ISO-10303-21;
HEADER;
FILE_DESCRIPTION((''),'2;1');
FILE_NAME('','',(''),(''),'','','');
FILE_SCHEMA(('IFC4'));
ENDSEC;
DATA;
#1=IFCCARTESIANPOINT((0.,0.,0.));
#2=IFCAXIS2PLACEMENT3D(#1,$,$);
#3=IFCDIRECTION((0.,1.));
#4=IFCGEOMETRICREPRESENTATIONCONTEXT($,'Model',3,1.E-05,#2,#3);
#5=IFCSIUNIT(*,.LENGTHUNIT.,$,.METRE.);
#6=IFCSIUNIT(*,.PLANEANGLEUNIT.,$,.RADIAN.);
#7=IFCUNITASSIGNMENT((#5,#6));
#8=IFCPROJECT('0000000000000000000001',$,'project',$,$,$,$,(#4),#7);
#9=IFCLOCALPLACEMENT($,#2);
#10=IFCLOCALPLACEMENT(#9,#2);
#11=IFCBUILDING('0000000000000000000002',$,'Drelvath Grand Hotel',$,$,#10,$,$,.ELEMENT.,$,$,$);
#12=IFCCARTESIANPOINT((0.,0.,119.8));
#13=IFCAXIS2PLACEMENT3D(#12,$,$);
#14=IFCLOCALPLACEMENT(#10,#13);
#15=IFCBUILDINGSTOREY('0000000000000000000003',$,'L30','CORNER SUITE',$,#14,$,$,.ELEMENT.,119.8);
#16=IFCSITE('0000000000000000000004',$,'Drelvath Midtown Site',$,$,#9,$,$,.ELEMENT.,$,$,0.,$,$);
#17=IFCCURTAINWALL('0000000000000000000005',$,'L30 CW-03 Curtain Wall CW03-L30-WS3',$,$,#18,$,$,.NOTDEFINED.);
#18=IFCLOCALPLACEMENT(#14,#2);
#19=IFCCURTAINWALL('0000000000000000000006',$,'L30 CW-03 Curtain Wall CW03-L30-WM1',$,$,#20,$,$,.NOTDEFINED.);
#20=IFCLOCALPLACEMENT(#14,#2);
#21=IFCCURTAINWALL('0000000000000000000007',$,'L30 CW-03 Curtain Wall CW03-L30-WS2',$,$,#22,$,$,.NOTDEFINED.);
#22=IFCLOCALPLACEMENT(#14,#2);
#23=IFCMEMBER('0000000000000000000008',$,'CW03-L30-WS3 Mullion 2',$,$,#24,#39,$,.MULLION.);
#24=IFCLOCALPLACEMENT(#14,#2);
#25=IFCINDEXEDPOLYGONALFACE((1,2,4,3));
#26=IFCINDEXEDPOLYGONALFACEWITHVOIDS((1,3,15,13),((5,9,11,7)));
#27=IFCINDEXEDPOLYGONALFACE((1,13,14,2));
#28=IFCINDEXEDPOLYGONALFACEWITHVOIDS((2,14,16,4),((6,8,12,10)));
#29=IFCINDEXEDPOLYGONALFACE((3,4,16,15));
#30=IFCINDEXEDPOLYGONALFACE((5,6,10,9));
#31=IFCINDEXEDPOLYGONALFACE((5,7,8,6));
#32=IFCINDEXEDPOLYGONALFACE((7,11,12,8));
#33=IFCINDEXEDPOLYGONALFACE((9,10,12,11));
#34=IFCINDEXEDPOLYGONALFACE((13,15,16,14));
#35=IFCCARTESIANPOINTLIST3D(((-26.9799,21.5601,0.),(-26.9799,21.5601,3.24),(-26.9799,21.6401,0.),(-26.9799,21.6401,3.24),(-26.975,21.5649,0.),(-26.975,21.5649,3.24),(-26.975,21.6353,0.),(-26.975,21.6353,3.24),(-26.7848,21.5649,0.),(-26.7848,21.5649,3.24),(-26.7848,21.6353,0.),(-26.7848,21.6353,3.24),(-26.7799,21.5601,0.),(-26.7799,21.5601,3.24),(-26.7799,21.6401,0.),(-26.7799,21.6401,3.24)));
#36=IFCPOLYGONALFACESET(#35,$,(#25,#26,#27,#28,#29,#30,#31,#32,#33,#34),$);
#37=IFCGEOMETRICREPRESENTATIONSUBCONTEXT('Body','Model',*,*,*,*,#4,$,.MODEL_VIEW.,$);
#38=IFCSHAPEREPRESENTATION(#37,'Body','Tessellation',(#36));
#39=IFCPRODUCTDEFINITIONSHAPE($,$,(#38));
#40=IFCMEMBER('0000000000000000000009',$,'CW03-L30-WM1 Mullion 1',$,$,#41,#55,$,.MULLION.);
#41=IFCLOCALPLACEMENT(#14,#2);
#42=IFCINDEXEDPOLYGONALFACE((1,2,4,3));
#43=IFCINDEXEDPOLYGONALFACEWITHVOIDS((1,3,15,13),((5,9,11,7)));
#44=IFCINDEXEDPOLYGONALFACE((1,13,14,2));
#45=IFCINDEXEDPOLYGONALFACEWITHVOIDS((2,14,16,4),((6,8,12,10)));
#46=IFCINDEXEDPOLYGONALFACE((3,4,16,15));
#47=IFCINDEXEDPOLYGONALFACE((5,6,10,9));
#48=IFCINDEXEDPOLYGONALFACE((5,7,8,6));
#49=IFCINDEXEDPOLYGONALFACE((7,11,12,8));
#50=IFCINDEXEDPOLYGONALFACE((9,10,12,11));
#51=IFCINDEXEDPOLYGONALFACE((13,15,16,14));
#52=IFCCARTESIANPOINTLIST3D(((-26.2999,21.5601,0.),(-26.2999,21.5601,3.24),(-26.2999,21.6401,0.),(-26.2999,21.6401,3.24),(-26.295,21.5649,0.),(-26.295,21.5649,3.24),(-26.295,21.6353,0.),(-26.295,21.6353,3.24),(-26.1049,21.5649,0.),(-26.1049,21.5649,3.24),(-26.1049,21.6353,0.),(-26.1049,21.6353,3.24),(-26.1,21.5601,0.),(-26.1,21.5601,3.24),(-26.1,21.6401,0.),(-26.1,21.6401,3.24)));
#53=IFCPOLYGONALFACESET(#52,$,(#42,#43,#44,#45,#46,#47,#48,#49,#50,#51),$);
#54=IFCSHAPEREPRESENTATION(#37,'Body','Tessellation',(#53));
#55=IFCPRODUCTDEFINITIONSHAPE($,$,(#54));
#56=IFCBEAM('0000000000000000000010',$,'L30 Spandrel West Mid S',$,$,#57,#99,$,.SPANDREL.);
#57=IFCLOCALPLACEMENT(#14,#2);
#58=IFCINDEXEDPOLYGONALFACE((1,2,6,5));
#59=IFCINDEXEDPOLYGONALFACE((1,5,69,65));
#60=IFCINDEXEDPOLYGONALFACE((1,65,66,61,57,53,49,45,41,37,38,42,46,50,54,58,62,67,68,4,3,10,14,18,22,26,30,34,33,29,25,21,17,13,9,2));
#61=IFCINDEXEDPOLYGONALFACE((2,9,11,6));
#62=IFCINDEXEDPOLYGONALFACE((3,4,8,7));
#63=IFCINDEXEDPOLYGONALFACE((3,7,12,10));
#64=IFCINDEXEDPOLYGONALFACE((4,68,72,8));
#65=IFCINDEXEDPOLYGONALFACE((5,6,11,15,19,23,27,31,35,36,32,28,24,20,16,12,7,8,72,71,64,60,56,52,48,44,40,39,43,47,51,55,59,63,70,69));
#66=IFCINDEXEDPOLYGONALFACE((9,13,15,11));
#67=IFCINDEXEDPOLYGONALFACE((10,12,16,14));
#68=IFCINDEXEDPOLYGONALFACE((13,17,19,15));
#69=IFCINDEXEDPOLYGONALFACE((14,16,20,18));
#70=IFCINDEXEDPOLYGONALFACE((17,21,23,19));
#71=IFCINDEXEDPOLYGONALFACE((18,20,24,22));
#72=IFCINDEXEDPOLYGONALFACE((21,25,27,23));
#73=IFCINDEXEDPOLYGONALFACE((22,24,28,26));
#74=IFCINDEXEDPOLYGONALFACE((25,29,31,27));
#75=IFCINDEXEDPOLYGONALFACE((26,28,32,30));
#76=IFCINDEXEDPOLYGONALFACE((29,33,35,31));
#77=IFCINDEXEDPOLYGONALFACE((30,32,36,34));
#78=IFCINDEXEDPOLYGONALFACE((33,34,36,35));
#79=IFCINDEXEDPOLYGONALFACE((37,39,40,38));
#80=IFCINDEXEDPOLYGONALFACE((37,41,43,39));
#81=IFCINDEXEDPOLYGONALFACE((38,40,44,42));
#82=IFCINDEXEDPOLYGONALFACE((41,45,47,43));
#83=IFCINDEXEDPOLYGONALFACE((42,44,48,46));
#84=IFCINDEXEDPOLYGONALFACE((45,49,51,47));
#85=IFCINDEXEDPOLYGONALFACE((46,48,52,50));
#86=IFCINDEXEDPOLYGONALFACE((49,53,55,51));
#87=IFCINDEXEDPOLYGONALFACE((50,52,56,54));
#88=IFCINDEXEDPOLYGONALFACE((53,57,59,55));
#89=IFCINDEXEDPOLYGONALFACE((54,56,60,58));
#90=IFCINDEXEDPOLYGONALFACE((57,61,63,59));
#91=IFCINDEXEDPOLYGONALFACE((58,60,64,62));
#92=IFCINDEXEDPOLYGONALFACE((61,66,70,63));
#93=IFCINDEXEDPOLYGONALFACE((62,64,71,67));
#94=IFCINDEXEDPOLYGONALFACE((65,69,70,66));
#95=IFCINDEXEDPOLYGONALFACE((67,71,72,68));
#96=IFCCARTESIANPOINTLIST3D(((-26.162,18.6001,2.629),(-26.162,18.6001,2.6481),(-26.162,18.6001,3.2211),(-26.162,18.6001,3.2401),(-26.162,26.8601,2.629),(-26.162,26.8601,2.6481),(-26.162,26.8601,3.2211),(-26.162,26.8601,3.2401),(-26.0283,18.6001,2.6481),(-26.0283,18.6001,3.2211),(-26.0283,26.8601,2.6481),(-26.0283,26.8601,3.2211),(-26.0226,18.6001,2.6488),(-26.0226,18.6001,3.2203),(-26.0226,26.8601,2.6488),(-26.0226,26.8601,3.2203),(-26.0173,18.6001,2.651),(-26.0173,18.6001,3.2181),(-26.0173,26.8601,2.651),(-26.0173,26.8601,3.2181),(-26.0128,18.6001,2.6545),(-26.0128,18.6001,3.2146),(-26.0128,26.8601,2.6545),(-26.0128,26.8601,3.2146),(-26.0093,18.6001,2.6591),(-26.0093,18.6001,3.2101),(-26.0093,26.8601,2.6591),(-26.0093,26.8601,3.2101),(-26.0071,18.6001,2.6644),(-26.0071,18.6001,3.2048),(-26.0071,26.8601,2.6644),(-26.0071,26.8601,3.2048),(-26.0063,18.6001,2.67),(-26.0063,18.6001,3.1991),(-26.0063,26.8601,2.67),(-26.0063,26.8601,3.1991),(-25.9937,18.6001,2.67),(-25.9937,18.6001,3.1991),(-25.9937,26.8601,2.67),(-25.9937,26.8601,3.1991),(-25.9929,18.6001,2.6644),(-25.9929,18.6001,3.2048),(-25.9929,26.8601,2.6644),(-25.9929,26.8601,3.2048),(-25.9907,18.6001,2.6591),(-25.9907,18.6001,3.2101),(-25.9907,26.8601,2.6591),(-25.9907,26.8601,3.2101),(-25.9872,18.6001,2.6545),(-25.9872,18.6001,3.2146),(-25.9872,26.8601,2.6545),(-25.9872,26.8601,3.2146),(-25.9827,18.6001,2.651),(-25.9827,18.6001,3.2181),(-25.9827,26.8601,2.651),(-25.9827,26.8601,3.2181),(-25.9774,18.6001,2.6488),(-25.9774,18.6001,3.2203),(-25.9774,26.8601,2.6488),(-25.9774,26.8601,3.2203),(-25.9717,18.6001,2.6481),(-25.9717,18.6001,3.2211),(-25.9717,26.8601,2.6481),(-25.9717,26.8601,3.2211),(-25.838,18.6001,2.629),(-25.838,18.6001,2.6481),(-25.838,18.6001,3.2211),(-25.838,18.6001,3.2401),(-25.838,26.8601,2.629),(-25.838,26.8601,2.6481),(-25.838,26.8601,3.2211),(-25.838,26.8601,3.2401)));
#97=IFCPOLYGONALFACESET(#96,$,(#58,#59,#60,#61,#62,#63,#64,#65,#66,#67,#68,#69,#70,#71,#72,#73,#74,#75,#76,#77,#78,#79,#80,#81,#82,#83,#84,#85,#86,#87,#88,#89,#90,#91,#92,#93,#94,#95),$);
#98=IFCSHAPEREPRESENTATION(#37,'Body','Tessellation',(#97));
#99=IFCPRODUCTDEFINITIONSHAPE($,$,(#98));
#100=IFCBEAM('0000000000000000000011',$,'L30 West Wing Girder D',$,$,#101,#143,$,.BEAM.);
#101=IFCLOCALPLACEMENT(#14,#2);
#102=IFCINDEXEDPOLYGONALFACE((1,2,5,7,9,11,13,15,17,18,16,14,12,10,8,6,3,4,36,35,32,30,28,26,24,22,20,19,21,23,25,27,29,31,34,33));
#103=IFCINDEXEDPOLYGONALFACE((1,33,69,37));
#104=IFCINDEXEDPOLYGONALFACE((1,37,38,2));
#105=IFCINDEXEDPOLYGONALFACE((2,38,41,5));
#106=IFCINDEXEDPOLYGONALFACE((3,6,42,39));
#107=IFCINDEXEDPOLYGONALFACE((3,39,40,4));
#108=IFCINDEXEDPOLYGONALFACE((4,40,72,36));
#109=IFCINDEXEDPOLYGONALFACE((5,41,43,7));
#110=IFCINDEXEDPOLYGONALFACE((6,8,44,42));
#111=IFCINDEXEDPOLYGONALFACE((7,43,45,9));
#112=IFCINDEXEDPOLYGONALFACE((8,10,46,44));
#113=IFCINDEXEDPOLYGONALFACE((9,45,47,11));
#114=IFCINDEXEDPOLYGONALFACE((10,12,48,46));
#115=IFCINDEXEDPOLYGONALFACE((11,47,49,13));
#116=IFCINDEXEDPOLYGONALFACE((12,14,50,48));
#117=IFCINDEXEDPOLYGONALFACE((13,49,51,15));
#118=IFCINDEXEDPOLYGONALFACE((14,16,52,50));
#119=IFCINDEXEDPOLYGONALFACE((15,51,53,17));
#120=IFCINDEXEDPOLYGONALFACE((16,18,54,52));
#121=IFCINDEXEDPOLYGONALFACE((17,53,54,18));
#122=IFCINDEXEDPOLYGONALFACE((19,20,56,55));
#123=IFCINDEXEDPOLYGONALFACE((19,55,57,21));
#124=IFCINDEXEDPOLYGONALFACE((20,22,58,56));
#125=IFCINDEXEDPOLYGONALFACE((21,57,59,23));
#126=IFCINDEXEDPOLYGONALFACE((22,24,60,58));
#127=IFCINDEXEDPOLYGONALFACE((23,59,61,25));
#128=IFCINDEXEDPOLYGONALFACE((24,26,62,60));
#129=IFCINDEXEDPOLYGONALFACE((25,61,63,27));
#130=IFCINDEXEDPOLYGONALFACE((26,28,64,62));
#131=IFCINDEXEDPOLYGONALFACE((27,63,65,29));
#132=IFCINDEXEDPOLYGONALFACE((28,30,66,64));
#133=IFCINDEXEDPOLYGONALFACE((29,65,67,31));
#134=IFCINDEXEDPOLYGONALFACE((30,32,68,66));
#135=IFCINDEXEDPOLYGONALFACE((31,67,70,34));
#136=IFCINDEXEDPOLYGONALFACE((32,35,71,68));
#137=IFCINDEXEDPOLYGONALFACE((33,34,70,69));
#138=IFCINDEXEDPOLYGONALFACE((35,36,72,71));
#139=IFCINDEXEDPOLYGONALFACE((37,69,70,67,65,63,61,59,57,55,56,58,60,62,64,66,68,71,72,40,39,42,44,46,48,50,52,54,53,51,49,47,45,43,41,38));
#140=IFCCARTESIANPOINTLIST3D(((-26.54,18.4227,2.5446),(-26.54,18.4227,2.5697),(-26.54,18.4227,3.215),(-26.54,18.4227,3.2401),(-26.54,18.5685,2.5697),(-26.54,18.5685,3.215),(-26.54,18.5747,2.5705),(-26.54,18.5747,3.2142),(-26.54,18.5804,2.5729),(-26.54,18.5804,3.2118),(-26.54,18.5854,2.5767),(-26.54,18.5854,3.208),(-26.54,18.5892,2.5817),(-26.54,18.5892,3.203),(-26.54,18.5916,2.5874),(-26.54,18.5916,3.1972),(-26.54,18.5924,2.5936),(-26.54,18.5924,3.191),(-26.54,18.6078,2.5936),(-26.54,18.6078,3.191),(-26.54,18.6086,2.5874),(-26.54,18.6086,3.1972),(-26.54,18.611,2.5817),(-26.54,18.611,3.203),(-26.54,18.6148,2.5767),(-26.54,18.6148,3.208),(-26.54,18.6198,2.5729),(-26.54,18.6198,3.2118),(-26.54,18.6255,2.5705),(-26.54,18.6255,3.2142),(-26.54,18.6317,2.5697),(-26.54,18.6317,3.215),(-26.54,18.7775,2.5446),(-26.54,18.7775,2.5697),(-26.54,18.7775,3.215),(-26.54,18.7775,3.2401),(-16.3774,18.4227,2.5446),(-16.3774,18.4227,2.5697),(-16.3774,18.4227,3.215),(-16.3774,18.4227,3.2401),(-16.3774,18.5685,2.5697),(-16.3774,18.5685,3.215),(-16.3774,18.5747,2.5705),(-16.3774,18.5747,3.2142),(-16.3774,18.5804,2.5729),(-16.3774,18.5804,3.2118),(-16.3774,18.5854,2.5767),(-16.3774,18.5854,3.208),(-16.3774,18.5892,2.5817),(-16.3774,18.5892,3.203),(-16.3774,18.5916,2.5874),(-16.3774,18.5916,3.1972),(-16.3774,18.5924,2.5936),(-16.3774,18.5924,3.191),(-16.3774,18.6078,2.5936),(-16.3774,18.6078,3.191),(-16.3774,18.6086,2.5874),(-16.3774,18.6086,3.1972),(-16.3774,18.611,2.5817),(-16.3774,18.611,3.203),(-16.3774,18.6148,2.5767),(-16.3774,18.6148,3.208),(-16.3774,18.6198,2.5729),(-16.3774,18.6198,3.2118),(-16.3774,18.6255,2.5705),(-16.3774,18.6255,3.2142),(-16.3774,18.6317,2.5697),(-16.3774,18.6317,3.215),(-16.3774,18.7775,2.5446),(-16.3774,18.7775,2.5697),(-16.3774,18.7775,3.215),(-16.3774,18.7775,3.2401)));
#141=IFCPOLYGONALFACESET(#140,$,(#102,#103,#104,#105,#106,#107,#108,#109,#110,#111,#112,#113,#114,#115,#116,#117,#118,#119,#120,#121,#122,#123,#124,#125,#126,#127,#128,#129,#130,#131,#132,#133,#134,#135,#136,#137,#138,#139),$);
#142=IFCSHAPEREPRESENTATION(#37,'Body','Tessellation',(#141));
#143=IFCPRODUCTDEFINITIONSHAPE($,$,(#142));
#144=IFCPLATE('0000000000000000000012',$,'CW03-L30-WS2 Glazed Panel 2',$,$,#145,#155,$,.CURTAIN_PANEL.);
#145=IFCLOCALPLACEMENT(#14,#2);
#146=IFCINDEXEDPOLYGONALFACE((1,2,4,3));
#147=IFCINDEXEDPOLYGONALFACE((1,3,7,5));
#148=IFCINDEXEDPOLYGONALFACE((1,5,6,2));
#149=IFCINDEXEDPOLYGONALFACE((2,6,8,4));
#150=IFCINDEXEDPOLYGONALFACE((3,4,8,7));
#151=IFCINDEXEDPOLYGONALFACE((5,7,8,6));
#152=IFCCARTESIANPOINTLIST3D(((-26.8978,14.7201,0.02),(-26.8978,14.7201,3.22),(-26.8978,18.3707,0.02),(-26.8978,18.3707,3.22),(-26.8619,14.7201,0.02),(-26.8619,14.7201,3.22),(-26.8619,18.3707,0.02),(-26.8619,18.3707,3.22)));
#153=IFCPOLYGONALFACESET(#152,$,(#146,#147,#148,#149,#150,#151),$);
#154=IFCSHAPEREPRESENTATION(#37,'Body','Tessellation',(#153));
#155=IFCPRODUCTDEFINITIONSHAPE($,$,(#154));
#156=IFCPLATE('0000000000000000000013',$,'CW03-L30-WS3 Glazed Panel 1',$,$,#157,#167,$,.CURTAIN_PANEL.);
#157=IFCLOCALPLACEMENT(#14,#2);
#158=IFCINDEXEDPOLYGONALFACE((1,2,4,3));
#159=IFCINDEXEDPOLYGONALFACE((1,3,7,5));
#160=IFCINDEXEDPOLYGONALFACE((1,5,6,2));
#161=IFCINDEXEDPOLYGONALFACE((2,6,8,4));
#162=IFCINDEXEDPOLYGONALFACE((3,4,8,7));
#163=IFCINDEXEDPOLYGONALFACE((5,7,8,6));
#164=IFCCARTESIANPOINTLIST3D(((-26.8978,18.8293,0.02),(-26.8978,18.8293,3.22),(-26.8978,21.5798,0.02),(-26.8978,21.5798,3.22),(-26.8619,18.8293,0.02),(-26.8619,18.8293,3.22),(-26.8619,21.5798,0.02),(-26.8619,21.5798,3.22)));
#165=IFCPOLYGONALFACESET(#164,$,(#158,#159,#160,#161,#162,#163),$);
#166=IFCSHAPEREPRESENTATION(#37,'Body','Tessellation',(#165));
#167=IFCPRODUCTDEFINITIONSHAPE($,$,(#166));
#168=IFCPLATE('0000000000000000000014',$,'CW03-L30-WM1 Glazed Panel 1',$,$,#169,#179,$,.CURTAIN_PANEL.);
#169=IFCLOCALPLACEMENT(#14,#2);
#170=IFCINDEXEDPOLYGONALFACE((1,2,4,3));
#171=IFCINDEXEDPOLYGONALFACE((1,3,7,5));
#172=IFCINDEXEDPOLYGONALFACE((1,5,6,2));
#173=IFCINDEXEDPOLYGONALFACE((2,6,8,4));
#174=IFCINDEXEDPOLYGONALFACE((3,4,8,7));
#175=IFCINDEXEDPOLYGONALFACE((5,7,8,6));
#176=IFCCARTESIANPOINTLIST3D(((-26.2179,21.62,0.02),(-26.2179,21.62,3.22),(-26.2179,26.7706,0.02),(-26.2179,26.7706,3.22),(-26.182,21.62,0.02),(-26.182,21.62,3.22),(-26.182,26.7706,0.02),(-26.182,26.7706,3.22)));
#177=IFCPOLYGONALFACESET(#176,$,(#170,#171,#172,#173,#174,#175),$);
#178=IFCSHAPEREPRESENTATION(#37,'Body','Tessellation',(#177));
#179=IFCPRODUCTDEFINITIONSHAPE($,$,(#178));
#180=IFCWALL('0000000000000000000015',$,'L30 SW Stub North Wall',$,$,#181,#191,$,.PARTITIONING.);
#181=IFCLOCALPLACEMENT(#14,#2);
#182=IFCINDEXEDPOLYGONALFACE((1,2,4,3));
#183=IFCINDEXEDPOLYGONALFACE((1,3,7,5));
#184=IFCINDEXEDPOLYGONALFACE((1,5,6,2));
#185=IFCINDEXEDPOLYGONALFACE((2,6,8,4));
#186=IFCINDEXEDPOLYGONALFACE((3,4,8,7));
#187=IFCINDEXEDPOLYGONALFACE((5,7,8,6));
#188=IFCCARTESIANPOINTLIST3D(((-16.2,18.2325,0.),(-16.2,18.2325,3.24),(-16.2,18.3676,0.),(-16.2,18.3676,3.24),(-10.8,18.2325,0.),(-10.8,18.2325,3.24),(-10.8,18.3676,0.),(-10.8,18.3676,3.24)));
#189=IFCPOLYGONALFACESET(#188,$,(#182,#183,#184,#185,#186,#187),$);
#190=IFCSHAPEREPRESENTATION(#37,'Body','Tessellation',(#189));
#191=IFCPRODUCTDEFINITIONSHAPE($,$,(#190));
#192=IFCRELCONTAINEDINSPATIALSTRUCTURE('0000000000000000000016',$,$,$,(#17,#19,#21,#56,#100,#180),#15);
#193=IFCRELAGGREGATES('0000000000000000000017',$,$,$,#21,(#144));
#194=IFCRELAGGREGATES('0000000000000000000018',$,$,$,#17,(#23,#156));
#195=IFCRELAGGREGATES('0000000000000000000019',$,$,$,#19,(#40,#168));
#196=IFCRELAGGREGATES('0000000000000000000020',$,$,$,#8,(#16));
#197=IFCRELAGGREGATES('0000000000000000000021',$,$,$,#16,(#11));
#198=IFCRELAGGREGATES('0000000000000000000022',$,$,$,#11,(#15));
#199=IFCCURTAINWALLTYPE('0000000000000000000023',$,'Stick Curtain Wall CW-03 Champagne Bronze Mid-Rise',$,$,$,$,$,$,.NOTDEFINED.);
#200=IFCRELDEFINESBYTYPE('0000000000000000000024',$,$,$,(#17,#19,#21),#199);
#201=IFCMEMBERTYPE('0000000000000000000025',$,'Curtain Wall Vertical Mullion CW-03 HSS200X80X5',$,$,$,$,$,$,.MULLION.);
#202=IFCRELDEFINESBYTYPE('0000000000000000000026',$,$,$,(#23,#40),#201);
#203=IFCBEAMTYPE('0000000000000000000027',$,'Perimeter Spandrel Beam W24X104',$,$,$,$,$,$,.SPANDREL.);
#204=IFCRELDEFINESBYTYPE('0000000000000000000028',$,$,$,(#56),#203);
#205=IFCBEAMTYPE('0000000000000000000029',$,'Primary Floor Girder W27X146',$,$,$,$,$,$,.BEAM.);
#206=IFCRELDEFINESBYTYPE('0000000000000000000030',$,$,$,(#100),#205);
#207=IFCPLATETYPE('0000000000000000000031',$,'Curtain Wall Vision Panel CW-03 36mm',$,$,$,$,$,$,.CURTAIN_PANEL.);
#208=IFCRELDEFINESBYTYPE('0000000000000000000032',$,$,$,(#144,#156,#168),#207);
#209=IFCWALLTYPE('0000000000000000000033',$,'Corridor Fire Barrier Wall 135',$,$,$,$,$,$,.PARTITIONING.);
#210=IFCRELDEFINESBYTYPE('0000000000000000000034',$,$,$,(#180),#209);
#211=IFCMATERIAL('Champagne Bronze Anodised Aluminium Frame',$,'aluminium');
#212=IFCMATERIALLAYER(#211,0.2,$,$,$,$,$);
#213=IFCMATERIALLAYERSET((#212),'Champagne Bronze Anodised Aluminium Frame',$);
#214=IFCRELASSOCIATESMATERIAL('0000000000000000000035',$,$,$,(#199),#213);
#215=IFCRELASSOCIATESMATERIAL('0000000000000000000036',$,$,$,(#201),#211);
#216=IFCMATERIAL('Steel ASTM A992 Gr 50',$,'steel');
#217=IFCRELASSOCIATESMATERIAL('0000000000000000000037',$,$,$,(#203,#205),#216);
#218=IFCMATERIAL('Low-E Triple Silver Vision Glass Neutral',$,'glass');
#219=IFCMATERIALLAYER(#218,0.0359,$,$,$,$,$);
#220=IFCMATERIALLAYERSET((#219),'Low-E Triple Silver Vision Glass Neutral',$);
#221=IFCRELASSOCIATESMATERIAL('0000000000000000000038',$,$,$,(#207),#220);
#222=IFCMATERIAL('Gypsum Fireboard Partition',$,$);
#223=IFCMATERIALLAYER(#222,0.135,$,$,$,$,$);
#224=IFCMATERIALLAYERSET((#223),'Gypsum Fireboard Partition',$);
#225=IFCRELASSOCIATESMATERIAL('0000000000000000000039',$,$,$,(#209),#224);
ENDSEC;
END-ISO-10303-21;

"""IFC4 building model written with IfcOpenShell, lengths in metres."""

from ifc_helpers import new_model, si_unit, direction, frame, frame_2d, origin, origin_2d, place, context, subcontext, project, spatial, rectangle, hollow_rectangle, i_section, extrude, material, layer, layer_set, material_profile, profile_set, type_object, element, aggregate, save


model = new_model("IFC4")

# Units and contexts
model_context = context("Model", 3, precision=1e-05, world=origin(), true_north=direction((0.0, 1.0)))
body_context = subcontext(model_context, "Body", "Model", "MODEL_VIEW")
ifc_project = project(units=[si_unit("LENGTHUNIT", "METRE"), si_unit("PLANEANGLEUNIT", "RADIAN")], contexts=[model_context])

# Site, building, storey
site_placement = place(None, origin())
site = spatial("IfcSite", under=ifc_project, at=site_placement, Name="Drelvath Midtown Site", CompositionType="ELEMENT", RefElevation=0.0)
building_placement = place(site_placement, origin())
building = spatial("IfcBuilding", under=site, at=building_placement, Name="Drelvath Grand Hotel", CompositionType="ELEMENT")
storey_placement = place(building_placement, frame((0.0, 0.0, 119.8)))
storey = spatial("IfcBuildingStorey", under=building, at=storey_placement, Name="L30", Description="CORNER SUITE", CompositionType="ELEMENT", Elevation=119.8)

# Shared definitions
ifc_material_1 = material(Name="Steel ASTM A992 Gr 50", Category="steel")

# Curtain walls
ifc_material_2 = material(Name="Champagne Bronze Anodised Aluminium Frame", Category="aluminium")
ifc_layer_1 = layer(ifc_material_2, 0.2)
ifc_layer_set_1 = layer_set([ifc_layer_1], Name="Champagne Bronze Anodised Aluminium Frame")
curtain_wall_type = type_object("IfcCurtainWallType", Name="Stick Curtain Wall CW-03 Champagne Bronze Mid-Rise", PredefinedType="NOTDEFINED", material=ifc_layer_set_1)
curtain_wall_1_placement = place(storey_placement, origin())
curtain_wall_1 = element("IfcCurtainWall", 1, at=curtain_wall_1_placement, inside=storey, type_object=curtain_wall_type, Name="L30 CW-03 Curtain Wall CW03-L30-WS3", PredefinedType="NOTDEFINED")
curtain_wall_2_placement = place(storey_placement, origin())
curtain_wall_2 = element("IfcCurtainWall", 2, at=curtain_wall_2_placement, inside=storey, type_object=curtain_wall_type, Name="L30 CW-03 Curtain Wall CW03-L30-WM1", PredefinedType="NOTDEFINED")

# Curtain wall
curtain_wall_3_placement = place(storey_placement, origin())
curtain_wall_3 = element("IfcCurtainWall", 3, at=curtain_wall_3_placement, inside=storey, type_object=curtain_wall_type, Name="L30 CW-03 Curtain Wall CW03-L30-WS2", PredefinedType="NOTDEFINED")
ifc_material_profile_1 = material_profile(ifc_material_2, hollow_rectangle(XDim=0.0801, YDim=0.2, WallThickness=0.0049, at=origin_2d()), Name="HSS200X80X5")
ifc_profile_set_1 = profile_set([ifc_material_profile_1], Name="Champagne Bronze Anodised Aluminium Frame")
member_type_1 = type_object("IfcMemberType", Name="Curtain Wall Vertical Mullion CW-03 HSS200X80X5", PredefinedType="MULLION", material=ifc_profile_set_1)

# Members
member_1_placement = place(storey_placement, frame((-26.8799, 21.6001, 0.0), z_axis=(0.0, 0.0, 1.0), x_axis=(0.0, 1.0, 0.0)))
member_1 = element("IfcMember", 4, at=member_1_placement, type_object=member_type_1, Name="CW03-L30-WS3 Mullion 2", PredefinedType="MULLION", context=body_context, shape_type="SweptSolid", body=[
    extrude(hollow_rectangle(XDim=0.0801, YDim=0.2, WallThickness=0.0049, at=origin_2d()), origin(), (0.0, 0.0, 1.0), 3.24),
])
member_2_placement = place(storey_placement, frame((-26.2, 21.6001, 0.0), z_axis=(0.0, 0.0, 1.0), x_axis=(0.0, 1.0, 0.0)))
member_2 = element("IfcMember", 5, at=member_2_placement, type_object=member_type_1, Name="CW03-L30-WM1 Mullion 1", PredefinedType="MULLION", context=body_context, shape_type="SweptSolid", body=[
    extrude(hollow_rectangle(XDim=0.0801, YDim=0.2, WallThickness=0.0049, at=origin_2d()), origin(), (0.0, 0.0, 1.0), 3.24),
])

# Beams
ifc_material_profile_2 = material_profile(ifc_material_1, i_section(OverallWidth=0.324, OverallDepth=0.6111, WebThickness=0.0127, FlangeThickness=0.019, FilletRadius=0.022, at=origin_2d()), Name="W24X104")
ifc_profile_set_2 = profile_set([ifc_material_profile_2], Name="Steel ASTM A992 Gr 50")
beam_type_1 = type_object("IfcBeamType", Name="Perimeter Spandrel Beam W24X104", PredefinedType="SPANDREL", material=ifc_profile_set_2)
beam_1_placement = place(storey_placement, frame((-26.0, 18.6001, 2.9346), z_axis=(0.0, 1.0, 0.0), x_axis=(-1.0, 0.0, 0.0)))
element("IfcBeam", 6, at=beam_1_placement, inside=storey, type_object=beam_type_1, Name="L30 Spandrel West Mid S", PredefinedType="SPANDREL", context=body_context, shape_type="SweptSolid", body=[
    extrude(i_section(OverallWidth=0.324, OverallDepth=0.6111, WebThickness=0.0127, FlangeThickness=0.019, FilletRadius=0.022, at=origin_2d()), origin(), (0.0, 0.0, 1.0), 8.26),
])
ifc_material_profile_3 = material_profile(ifc_material_1, i_section(OverallWidth=0.3547, OverallDepth=0.6956, WebThickness=0.0154, FlangeThickness=0.0251, FilletRadius=0.0239, at=origin_2d()), Name="W27X146")
ifc_profile_set_3 = profile_set([ifc_material_profile_3], Name="Steel ASTM A992 Gr 50")
beam_type_2 = type_object("IfcBeamType", Name="Primary Floor Girder W27X146", PredefinedType="BEAM", material=ifc_profile_set_3)
beam_2_placement = place(storey_placement, frame((-26.54, 18.6001, 2.8923), z_axis=(1.0, 0.0, 0.0), x_axis=(0.0, 1.0, 0.0)))
element("IfcBeam", 7, at=beam_2_placement, inside=storey, type_object=beam_type_2, Name="L30 West Wing Girder D", PredefinedType="BEAM", context=body_context, shape_type="SweptSolid", body=[
    extrude(i_section(OverallWidth=0.3547, OverallDepth=0.6956, WebThickness=0.0154, FlangeThickness=0.0251, FilletRadius=0.0239, at=origin_2d()), origin(), (0.0, 0.0, 1.0), 10.1626),
])

# Plates
ifc_material_3 = material(Name="Low-E Triple Silver Vision Glass Neutral", Category="glass")
ifc_layer_2 = layer(ifc_material_3, 0.0359)
ifc_layer_set_2 = layer_set([ifc_layer_2], Name="Low-E Triple Silver Vision Glass Neutral")
plate_type = type_object("IfcPlateType", Name="Curtain Wall Vision Panel CW-03 36mm", PredefinedType="CURTAIN_PANEL", material=ifc_layer_set_2)
plate_1_placement = place(storey_placement, frame((-26.8799, 16.5454, 0.02), z_axis=(0.0, 0.0, 1.0), x_axis=(0.0, 1.0, 0.0)))
plate_1 = element("IfcPlate", 8, at=plate_1_placement, type_object=plate_type, Name="CW03-L30-WS2 Glazed Panel 2", PredefinedType="CURTAIN_PANEL", context=body_context, shape_type="SweptSolid", body=[
    extrude(rectangle(XDim=3.6506, YDim=0.0359, at=origin_2d()), origin(), (0.0, 0.0, 1.0), 3.2),
])
aggregate(curtain_wall_3, [plate_1])
plate_2_placement = place(storey_placement, frame((-26.8799, 20.2046, 0.02), z_axis=(0.0, 0.0, 1.0), x_axis=(0.0, 1.0, 0.0)))
plate_2 = element("IfcPlate", 9, at=plate_2_placement, type_object=plate_type, Name="CW03-L30-WS3 Glazed Panel 1", PredefinedType="CURTAIN_PANEL", context=body_context, shape_type="SweptSolid", body=[
    extrude(rectangle(XDim=2.7505, YDim=0.0359, at=origin_2d()), origin(), (0.0, 0.0, 1.0), 3.2),
])
aggregate(curtain_wall_1, [member_1, plate_2])
plate_3_placement = place(storey_placement, frame((-26.2, 24.1953, 0.02), z_axis=(0.0, 0.0, 1.0), x_axis=(0.0, 1.0, 0.0)))
plate_3 = element("IfcPlate", 10, at=plate_3_placement, type_object=plate_type, Name="CW03-L30-WM1 Glazed Panel 1", PredefinedType="CURTAIN_PANEL", context=body_context, shape_type="SweptSolid", body=[
    extrude(rectangle(XDim=5.1506, YDim=0.0359, at=origin_2d()), origin(), (0.0, 0.0, 1.0), 3.2),
])
aggregate(curtain_wall_2, [member_2, plate_3])

# Wall
ifc_material_4 = material(Name="Gypsum Fireboard Partition")
ifc_layer_3 = layer(ifc_material_4, 0.135)
ifc_layer_set_3 = layer_set([ifc_layer_3], Name="Gypsum Fireboard Partition")
wall_type_1 = type_object("IfcWallType", Name="Corridor Fire Barrier Wall 135", PredefinedType="PARTITIONING", material=ifc_layer_set_3)
wall_1_placement = place(storey_placement, frame((-16.2, 18.3, 0.0), z_axis=(0.0, 0.0, 1.0), x_axis=(1.0, 0.0, 0.0)))
element("IfcWall", 11, at=wall_1_placement, inside=storey, type_object=wall_type_1, Name="L30 SW Stub North Wall", PredefinedType="PARTITIONING", context=body_context, shape_type="SweptSolid", body=[
    extrude(rectangle(XDim=5.3999, YDim=0.135, at=frame_2d((2.7, 0.0))), origin(), (0.0, 0.0, 1.0), 3.24),
])

save(model, "model.ifc")
